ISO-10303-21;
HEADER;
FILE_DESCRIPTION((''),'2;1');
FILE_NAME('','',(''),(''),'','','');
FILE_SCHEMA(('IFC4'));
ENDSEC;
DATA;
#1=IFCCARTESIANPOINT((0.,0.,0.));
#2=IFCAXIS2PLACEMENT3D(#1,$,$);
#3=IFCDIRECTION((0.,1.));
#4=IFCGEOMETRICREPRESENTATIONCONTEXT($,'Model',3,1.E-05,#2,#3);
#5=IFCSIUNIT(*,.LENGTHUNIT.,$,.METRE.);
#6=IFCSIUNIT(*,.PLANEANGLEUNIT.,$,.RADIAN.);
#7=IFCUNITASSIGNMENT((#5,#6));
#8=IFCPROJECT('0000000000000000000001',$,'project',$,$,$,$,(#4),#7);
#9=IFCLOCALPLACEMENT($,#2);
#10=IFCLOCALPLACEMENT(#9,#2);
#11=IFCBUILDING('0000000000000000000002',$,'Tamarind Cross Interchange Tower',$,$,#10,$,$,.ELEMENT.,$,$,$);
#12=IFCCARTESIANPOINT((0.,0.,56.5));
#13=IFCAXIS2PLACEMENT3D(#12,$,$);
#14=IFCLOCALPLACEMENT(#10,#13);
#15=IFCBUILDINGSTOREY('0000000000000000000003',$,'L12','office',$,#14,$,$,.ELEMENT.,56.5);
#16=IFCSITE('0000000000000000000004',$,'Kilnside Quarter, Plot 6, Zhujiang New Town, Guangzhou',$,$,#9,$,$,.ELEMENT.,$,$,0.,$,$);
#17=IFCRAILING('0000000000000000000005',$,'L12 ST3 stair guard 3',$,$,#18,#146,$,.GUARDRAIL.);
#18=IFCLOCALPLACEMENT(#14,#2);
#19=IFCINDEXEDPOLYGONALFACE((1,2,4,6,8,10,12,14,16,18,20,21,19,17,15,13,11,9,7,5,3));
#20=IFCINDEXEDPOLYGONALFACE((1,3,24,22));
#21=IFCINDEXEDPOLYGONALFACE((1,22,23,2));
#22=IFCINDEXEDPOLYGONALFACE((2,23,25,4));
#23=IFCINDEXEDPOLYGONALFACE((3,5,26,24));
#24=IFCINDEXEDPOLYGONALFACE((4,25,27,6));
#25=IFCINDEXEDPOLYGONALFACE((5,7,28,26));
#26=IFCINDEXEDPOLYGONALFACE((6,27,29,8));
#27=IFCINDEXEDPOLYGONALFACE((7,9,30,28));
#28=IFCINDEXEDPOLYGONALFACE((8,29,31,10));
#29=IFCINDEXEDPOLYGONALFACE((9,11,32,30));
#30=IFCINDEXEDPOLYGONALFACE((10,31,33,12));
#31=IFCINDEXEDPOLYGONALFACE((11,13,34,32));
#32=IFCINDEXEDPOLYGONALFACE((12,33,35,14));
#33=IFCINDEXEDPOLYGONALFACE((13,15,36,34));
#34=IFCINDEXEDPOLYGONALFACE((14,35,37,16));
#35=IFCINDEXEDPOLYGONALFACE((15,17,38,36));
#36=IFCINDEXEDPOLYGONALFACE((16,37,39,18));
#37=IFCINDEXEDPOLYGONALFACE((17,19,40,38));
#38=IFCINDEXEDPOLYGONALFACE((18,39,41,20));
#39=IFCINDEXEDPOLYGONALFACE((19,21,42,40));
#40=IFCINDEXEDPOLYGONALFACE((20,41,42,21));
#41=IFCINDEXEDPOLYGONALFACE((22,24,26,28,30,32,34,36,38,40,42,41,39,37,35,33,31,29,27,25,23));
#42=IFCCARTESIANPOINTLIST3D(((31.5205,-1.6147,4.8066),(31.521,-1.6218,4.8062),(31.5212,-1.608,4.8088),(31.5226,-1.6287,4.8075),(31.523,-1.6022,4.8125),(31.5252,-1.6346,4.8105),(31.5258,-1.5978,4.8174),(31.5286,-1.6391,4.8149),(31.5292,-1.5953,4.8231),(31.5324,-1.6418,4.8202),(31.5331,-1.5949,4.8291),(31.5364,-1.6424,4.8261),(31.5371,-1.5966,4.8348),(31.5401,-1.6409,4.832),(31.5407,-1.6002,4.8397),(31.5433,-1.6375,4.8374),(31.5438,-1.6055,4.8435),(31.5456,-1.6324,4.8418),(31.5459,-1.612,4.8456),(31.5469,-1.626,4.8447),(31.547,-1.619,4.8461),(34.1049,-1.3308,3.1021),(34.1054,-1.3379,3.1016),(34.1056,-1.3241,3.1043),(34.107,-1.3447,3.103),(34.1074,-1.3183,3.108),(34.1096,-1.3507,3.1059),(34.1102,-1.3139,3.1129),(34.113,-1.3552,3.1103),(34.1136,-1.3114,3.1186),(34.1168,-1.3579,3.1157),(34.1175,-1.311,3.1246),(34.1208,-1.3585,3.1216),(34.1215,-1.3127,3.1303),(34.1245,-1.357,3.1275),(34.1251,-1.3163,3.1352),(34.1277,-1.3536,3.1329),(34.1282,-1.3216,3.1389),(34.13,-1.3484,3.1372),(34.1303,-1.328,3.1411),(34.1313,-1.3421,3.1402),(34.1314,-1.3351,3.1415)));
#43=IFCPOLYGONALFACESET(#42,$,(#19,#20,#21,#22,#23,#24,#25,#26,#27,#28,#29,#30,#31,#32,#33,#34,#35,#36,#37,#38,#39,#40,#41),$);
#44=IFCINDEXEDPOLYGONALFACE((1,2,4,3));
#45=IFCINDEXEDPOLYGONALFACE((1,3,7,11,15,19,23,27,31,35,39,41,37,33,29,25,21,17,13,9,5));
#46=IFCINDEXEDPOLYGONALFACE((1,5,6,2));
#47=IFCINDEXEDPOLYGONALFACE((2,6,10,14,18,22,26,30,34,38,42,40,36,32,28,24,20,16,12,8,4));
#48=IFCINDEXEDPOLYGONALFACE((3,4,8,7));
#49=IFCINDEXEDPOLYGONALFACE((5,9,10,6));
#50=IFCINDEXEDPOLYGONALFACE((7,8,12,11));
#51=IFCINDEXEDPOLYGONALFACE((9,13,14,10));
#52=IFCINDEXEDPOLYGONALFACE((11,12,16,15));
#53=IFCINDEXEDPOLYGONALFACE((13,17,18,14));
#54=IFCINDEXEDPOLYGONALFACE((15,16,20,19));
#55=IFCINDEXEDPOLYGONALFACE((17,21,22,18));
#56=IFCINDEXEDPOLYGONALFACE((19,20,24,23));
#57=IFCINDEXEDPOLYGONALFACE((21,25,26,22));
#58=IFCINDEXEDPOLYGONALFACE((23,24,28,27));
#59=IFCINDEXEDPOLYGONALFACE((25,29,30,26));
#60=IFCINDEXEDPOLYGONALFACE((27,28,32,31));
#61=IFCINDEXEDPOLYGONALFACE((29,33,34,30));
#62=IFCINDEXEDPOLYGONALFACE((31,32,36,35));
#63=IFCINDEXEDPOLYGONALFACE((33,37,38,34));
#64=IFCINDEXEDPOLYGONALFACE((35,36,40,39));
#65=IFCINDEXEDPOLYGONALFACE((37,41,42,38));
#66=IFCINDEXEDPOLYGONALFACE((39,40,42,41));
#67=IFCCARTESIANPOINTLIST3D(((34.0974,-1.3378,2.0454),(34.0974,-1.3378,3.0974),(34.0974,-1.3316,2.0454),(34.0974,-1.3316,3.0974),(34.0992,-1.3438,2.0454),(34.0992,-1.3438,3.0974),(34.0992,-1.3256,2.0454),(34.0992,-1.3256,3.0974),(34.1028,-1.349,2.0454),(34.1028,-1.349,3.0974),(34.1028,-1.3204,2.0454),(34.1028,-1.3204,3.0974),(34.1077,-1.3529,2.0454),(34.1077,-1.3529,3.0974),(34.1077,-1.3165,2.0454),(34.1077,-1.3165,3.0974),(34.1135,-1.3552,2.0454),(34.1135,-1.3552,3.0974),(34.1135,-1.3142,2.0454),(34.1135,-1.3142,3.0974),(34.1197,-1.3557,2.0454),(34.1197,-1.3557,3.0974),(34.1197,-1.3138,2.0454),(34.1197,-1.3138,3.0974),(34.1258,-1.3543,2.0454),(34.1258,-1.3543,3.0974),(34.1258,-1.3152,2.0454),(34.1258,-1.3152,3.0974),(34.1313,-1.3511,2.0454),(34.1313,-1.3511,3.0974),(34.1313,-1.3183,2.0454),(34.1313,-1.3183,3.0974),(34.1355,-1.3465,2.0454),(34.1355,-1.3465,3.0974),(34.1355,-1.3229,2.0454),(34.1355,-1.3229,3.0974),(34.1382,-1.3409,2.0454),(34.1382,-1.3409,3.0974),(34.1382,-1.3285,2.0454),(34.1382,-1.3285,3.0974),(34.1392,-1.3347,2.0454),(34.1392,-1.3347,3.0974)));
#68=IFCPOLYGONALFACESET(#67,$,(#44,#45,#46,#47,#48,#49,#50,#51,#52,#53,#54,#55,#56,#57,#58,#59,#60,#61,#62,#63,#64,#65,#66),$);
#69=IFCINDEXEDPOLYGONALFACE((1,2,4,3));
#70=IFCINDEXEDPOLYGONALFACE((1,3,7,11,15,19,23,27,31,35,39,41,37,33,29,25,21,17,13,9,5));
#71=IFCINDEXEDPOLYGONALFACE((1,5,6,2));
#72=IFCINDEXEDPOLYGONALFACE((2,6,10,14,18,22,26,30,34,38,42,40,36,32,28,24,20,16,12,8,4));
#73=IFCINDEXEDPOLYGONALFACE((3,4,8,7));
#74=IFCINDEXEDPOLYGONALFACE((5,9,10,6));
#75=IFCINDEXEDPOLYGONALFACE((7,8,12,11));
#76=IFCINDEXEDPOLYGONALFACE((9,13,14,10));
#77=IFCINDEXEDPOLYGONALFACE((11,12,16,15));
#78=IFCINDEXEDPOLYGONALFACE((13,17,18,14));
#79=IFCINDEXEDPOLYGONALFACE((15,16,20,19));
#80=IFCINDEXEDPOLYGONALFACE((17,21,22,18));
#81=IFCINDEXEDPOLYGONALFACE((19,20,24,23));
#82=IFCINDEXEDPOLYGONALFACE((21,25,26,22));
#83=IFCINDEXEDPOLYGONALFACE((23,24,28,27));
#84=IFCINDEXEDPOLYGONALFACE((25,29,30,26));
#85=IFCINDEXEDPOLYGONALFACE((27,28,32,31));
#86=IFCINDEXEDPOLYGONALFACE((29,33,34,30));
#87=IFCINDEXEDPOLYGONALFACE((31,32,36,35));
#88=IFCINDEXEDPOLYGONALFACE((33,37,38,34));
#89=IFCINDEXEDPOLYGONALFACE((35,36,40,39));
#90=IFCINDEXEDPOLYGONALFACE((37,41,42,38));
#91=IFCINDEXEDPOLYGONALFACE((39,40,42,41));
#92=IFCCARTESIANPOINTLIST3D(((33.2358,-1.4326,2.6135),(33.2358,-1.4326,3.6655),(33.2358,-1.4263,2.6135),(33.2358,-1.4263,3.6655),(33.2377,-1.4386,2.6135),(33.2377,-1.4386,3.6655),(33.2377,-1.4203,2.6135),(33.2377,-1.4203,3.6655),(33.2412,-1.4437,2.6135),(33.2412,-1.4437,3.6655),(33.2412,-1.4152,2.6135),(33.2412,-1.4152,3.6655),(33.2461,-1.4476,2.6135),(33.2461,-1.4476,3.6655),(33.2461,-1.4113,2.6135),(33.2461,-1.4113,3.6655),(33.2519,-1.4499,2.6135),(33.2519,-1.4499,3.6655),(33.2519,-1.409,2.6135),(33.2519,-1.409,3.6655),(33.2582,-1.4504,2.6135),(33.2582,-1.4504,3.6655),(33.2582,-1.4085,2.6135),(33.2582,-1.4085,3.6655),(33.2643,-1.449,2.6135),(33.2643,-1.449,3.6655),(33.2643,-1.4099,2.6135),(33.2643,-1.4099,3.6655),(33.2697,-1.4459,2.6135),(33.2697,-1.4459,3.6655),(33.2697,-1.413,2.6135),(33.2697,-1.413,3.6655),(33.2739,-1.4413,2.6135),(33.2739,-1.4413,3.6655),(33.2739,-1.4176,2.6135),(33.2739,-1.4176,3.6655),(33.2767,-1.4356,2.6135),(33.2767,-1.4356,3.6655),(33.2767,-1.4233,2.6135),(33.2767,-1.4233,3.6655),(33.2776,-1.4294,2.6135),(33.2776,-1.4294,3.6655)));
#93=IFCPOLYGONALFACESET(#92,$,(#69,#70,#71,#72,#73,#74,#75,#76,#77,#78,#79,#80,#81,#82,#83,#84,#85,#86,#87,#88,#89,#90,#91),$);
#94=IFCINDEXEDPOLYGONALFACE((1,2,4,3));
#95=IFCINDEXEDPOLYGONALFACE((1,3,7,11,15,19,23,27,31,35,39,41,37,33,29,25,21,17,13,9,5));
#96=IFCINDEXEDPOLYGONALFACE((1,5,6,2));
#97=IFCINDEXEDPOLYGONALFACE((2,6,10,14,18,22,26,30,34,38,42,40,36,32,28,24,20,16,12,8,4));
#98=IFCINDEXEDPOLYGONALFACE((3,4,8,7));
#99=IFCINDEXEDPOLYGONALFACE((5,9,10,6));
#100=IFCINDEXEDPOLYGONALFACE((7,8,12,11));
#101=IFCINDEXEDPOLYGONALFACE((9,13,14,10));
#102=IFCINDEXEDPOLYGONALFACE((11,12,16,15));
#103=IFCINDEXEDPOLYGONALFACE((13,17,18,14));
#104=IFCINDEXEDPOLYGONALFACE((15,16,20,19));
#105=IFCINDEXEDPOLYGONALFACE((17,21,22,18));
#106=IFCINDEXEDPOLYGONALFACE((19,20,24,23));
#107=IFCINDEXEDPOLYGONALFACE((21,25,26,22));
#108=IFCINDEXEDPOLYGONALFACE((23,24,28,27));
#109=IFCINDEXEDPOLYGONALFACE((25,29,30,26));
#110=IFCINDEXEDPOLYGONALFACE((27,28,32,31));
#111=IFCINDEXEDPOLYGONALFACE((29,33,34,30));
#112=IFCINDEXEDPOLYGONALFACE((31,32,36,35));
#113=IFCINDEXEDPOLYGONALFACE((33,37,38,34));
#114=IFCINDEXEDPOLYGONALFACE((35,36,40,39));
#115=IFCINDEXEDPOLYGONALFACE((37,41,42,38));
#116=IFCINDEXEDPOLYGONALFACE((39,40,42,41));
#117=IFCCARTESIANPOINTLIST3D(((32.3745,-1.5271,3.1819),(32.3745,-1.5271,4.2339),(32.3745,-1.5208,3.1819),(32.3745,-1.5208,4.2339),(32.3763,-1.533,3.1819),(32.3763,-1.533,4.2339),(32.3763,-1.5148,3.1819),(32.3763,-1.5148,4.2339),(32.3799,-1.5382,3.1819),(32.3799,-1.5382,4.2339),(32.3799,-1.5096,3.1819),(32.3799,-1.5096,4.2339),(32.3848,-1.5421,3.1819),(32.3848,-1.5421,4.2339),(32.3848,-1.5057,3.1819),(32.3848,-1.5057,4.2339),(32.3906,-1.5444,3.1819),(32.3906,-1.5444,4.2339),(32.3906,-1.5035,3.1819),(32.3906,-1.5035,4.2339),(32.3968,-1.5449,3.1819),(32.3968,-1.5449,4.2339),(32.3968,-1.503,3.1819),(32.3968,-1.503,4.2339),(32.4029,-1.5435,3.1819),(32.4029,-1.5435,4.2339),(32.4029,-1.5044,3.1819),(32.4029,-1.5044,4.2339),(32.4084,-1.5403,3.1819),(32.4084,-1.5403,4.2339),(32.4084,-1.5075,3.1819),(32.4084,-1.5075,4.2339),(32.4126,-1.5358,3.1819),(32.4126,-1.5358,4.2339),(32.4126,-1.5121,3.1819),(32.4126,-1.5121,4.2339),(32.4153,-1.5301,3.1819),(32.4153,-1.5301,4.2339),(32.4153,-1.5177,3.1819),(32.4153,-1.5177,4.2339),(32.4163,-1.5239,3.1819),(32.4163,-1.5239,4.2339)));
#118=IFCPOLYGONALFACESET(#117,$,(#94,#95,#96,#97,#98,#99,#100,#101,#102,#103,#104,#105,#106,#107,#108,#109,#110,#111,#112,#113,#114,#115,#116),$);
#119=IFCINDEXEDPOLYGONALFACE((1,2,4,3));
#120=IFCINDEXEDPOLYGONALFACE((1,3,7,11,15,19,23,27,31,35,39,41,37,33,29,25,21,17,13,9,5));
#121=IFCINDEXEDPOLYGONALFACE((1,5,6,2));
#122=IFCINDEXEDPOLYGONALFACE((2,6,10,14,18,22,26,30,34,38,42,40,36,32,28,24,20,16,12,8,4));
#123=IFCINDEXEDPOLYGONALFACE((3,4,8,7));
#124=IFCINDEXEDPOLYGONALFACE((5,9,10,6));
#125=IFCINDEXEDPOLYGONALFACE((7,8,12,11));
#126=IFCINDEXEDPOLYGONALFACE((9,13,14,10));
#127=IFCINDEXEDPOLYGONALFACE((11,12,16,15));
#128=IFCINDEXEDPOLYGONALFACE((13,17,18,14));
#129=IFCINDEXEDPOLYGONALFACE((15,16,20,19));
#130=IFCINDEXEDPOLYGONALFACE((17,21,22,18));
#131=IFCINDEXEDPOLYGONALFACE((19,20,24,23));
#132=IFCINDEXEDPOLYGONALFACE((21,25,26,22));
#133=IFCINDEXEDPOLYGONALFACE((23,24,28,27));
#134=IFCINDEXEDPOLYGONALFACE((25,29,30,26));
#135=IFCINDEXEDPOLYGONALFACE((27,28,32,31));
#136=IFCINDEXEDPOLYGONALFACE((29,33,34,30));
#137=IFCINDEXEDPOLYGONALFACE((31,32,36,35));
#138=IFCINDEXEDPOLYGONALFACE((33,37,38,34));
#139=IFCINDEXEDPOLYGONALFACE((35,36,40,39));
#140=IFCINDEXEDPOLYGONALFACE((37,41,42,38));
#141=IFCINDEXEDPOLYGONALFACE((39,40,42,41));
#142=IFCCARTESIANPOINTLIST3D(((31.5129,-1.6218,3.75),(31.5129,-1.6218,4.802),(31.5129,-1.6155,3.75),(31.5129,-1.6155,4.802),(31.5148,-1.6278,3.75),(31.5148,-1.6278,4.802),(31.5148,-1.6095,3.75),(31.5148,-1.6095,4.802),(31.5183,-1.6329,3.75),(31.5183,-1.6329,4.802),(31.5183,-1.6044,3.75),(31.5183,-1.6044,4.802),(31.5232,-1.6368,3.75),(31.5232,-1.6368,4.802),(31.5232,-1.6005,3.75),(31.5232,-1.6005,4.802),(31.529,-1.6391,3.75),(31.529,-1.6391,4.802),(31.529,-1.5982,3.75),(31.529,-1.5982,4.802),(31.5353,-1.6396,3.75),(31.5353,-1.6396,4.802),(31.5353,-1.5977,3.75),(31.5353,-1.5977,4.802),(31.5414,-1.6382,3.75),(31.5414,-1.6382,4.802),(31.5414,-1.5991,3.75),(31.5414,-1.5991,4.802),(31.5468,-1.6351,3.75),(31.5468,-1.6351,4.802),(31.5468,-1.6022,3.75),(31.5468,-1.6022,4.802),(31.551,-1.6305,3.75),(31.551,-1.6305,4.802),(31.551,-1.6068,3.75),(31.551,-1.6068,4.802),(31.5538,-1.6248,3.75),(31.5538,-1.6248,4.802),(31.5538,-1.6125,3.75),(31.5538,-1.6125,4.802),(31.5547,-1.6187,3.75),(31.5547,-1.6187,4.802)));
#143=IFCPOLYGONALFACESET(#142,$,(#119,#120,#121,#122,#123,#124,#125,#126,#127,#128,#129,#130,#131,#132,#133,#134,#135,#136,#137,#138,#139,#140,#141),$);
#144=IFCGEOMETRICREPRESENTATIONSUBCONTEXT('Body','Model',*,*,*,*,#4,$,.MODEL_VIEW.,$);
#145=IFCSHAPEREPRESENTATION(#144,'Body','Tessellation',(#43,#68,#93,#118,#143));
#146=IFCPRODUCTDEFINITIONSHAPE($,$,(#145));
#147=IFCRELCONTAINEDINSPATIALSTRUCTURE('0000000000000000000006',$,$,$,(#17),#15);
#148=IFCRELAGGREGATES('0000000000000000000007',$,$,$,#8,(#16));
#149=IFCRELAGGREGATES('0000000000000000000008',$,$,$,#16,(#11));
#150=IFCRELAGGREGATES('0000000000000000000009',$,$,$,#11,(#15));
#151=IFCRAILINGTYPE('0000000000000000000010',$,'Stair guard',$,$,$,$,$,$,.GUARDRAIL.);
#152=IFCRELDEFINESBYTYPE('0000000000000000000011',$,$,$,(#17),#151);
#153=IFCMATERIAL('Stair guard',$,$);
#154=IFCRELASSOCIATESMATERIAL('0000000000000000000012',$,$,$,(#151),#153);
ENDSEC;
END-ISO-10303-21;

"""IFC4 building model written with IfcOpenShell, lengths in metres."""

from ifc_helpers import new_model, si_unit, direction, frame, origin, origin_2d, place, context, subcontext, project, spatial, circle, extrude, material, type_object, element, save


model = new_model("IFC4")

# Units and contexts
model_context = context("Model", 3, precision=1e-05, world=origin(), true_north=direction((0.0, 1.0)))
body_context = subcontext(model_context, "Body", "Model", "MODEL_VIEW")
ifc_project = project(units=[si_unit("LENGTHUNIT", "METRE"), si_unit("PLANEANGLEUNIT", "RADIAN")], contexts=[model_context])

# Site, building, storey
site_placement = place(None, origin())
site = spatial("IfcSite", under=ifc_project, at=site_placement, Name="Kilnside Quarter, Plot 6, Zhujiang New Town, Guangzhou", CompositionType="ELEMENT", RefElevation=0.0)
building_placement = place(site_placement, origin())
building = spatial("IfcBuilding", under=site, at=building_placement, Name="Tamarind Cross Interchange Tower", CompositionType="ELEMENT")
storey_placement = place(building_placement, frame((0.0, 0.0, 56.5)))
storey = spatial("IfcBuildingStorey", under=building, at=storey_placement, Name="L12", Description="office", CompositionType="ELEMENT", Elevation=56.5)

# Railing
ifc_material_1 = material(Name="Stair guard")
railing_type_1 = type_object("IfcRailingType", Name="Stair guard", PredefinedType="GUARDRAIL", material=ifc_material_1)
railing_1_placement = place(storey_placement, frame((34.1182, -1.3347, 2.0454)))
element("IfcRailing", 1, at=railing_1_placement, inside=storey, type_object=railing_type_1, Name="L12 ST3 stair guard 3", PredefinedType="GUARDRAIL", context=body_context, shape_type="SweptSolid", body=[
    extrude(circle(Radius=0.0239, at=origin_2d()), frame((0.0, 0.0, 1.0762), z_axis=(-0.831293, -0.091328, 0.54828), x_axis=(0.109205, -0.994019, 0.0)), (0.0, 0.0, 1.0), 3.1089),
    extrude(circle(Radius=0.021, at=origin_2d()), origin(), (0.0, 0.0, 1.0), 1.052),
    extrude(circle(Radius=0.021, at=origin_2d()), frame((-0.8616, -0.0947, 0.5681)), (0.0, 0.0, 1.0), 1.052),
    extrude(circle(Radius=0.021, at=origin_2d()), frame((-1.7229, -0.1892, 1.1365)), (0.0, 0.0, 1.0), 1.052),
    extrude(circle(Radius=0.021, at=origin_2d()), frame((-2.5845, -0.2839, 1.7046)), (0.0, 0.0, 1.0), 1.052),
])

save(model, "model.ifc")
